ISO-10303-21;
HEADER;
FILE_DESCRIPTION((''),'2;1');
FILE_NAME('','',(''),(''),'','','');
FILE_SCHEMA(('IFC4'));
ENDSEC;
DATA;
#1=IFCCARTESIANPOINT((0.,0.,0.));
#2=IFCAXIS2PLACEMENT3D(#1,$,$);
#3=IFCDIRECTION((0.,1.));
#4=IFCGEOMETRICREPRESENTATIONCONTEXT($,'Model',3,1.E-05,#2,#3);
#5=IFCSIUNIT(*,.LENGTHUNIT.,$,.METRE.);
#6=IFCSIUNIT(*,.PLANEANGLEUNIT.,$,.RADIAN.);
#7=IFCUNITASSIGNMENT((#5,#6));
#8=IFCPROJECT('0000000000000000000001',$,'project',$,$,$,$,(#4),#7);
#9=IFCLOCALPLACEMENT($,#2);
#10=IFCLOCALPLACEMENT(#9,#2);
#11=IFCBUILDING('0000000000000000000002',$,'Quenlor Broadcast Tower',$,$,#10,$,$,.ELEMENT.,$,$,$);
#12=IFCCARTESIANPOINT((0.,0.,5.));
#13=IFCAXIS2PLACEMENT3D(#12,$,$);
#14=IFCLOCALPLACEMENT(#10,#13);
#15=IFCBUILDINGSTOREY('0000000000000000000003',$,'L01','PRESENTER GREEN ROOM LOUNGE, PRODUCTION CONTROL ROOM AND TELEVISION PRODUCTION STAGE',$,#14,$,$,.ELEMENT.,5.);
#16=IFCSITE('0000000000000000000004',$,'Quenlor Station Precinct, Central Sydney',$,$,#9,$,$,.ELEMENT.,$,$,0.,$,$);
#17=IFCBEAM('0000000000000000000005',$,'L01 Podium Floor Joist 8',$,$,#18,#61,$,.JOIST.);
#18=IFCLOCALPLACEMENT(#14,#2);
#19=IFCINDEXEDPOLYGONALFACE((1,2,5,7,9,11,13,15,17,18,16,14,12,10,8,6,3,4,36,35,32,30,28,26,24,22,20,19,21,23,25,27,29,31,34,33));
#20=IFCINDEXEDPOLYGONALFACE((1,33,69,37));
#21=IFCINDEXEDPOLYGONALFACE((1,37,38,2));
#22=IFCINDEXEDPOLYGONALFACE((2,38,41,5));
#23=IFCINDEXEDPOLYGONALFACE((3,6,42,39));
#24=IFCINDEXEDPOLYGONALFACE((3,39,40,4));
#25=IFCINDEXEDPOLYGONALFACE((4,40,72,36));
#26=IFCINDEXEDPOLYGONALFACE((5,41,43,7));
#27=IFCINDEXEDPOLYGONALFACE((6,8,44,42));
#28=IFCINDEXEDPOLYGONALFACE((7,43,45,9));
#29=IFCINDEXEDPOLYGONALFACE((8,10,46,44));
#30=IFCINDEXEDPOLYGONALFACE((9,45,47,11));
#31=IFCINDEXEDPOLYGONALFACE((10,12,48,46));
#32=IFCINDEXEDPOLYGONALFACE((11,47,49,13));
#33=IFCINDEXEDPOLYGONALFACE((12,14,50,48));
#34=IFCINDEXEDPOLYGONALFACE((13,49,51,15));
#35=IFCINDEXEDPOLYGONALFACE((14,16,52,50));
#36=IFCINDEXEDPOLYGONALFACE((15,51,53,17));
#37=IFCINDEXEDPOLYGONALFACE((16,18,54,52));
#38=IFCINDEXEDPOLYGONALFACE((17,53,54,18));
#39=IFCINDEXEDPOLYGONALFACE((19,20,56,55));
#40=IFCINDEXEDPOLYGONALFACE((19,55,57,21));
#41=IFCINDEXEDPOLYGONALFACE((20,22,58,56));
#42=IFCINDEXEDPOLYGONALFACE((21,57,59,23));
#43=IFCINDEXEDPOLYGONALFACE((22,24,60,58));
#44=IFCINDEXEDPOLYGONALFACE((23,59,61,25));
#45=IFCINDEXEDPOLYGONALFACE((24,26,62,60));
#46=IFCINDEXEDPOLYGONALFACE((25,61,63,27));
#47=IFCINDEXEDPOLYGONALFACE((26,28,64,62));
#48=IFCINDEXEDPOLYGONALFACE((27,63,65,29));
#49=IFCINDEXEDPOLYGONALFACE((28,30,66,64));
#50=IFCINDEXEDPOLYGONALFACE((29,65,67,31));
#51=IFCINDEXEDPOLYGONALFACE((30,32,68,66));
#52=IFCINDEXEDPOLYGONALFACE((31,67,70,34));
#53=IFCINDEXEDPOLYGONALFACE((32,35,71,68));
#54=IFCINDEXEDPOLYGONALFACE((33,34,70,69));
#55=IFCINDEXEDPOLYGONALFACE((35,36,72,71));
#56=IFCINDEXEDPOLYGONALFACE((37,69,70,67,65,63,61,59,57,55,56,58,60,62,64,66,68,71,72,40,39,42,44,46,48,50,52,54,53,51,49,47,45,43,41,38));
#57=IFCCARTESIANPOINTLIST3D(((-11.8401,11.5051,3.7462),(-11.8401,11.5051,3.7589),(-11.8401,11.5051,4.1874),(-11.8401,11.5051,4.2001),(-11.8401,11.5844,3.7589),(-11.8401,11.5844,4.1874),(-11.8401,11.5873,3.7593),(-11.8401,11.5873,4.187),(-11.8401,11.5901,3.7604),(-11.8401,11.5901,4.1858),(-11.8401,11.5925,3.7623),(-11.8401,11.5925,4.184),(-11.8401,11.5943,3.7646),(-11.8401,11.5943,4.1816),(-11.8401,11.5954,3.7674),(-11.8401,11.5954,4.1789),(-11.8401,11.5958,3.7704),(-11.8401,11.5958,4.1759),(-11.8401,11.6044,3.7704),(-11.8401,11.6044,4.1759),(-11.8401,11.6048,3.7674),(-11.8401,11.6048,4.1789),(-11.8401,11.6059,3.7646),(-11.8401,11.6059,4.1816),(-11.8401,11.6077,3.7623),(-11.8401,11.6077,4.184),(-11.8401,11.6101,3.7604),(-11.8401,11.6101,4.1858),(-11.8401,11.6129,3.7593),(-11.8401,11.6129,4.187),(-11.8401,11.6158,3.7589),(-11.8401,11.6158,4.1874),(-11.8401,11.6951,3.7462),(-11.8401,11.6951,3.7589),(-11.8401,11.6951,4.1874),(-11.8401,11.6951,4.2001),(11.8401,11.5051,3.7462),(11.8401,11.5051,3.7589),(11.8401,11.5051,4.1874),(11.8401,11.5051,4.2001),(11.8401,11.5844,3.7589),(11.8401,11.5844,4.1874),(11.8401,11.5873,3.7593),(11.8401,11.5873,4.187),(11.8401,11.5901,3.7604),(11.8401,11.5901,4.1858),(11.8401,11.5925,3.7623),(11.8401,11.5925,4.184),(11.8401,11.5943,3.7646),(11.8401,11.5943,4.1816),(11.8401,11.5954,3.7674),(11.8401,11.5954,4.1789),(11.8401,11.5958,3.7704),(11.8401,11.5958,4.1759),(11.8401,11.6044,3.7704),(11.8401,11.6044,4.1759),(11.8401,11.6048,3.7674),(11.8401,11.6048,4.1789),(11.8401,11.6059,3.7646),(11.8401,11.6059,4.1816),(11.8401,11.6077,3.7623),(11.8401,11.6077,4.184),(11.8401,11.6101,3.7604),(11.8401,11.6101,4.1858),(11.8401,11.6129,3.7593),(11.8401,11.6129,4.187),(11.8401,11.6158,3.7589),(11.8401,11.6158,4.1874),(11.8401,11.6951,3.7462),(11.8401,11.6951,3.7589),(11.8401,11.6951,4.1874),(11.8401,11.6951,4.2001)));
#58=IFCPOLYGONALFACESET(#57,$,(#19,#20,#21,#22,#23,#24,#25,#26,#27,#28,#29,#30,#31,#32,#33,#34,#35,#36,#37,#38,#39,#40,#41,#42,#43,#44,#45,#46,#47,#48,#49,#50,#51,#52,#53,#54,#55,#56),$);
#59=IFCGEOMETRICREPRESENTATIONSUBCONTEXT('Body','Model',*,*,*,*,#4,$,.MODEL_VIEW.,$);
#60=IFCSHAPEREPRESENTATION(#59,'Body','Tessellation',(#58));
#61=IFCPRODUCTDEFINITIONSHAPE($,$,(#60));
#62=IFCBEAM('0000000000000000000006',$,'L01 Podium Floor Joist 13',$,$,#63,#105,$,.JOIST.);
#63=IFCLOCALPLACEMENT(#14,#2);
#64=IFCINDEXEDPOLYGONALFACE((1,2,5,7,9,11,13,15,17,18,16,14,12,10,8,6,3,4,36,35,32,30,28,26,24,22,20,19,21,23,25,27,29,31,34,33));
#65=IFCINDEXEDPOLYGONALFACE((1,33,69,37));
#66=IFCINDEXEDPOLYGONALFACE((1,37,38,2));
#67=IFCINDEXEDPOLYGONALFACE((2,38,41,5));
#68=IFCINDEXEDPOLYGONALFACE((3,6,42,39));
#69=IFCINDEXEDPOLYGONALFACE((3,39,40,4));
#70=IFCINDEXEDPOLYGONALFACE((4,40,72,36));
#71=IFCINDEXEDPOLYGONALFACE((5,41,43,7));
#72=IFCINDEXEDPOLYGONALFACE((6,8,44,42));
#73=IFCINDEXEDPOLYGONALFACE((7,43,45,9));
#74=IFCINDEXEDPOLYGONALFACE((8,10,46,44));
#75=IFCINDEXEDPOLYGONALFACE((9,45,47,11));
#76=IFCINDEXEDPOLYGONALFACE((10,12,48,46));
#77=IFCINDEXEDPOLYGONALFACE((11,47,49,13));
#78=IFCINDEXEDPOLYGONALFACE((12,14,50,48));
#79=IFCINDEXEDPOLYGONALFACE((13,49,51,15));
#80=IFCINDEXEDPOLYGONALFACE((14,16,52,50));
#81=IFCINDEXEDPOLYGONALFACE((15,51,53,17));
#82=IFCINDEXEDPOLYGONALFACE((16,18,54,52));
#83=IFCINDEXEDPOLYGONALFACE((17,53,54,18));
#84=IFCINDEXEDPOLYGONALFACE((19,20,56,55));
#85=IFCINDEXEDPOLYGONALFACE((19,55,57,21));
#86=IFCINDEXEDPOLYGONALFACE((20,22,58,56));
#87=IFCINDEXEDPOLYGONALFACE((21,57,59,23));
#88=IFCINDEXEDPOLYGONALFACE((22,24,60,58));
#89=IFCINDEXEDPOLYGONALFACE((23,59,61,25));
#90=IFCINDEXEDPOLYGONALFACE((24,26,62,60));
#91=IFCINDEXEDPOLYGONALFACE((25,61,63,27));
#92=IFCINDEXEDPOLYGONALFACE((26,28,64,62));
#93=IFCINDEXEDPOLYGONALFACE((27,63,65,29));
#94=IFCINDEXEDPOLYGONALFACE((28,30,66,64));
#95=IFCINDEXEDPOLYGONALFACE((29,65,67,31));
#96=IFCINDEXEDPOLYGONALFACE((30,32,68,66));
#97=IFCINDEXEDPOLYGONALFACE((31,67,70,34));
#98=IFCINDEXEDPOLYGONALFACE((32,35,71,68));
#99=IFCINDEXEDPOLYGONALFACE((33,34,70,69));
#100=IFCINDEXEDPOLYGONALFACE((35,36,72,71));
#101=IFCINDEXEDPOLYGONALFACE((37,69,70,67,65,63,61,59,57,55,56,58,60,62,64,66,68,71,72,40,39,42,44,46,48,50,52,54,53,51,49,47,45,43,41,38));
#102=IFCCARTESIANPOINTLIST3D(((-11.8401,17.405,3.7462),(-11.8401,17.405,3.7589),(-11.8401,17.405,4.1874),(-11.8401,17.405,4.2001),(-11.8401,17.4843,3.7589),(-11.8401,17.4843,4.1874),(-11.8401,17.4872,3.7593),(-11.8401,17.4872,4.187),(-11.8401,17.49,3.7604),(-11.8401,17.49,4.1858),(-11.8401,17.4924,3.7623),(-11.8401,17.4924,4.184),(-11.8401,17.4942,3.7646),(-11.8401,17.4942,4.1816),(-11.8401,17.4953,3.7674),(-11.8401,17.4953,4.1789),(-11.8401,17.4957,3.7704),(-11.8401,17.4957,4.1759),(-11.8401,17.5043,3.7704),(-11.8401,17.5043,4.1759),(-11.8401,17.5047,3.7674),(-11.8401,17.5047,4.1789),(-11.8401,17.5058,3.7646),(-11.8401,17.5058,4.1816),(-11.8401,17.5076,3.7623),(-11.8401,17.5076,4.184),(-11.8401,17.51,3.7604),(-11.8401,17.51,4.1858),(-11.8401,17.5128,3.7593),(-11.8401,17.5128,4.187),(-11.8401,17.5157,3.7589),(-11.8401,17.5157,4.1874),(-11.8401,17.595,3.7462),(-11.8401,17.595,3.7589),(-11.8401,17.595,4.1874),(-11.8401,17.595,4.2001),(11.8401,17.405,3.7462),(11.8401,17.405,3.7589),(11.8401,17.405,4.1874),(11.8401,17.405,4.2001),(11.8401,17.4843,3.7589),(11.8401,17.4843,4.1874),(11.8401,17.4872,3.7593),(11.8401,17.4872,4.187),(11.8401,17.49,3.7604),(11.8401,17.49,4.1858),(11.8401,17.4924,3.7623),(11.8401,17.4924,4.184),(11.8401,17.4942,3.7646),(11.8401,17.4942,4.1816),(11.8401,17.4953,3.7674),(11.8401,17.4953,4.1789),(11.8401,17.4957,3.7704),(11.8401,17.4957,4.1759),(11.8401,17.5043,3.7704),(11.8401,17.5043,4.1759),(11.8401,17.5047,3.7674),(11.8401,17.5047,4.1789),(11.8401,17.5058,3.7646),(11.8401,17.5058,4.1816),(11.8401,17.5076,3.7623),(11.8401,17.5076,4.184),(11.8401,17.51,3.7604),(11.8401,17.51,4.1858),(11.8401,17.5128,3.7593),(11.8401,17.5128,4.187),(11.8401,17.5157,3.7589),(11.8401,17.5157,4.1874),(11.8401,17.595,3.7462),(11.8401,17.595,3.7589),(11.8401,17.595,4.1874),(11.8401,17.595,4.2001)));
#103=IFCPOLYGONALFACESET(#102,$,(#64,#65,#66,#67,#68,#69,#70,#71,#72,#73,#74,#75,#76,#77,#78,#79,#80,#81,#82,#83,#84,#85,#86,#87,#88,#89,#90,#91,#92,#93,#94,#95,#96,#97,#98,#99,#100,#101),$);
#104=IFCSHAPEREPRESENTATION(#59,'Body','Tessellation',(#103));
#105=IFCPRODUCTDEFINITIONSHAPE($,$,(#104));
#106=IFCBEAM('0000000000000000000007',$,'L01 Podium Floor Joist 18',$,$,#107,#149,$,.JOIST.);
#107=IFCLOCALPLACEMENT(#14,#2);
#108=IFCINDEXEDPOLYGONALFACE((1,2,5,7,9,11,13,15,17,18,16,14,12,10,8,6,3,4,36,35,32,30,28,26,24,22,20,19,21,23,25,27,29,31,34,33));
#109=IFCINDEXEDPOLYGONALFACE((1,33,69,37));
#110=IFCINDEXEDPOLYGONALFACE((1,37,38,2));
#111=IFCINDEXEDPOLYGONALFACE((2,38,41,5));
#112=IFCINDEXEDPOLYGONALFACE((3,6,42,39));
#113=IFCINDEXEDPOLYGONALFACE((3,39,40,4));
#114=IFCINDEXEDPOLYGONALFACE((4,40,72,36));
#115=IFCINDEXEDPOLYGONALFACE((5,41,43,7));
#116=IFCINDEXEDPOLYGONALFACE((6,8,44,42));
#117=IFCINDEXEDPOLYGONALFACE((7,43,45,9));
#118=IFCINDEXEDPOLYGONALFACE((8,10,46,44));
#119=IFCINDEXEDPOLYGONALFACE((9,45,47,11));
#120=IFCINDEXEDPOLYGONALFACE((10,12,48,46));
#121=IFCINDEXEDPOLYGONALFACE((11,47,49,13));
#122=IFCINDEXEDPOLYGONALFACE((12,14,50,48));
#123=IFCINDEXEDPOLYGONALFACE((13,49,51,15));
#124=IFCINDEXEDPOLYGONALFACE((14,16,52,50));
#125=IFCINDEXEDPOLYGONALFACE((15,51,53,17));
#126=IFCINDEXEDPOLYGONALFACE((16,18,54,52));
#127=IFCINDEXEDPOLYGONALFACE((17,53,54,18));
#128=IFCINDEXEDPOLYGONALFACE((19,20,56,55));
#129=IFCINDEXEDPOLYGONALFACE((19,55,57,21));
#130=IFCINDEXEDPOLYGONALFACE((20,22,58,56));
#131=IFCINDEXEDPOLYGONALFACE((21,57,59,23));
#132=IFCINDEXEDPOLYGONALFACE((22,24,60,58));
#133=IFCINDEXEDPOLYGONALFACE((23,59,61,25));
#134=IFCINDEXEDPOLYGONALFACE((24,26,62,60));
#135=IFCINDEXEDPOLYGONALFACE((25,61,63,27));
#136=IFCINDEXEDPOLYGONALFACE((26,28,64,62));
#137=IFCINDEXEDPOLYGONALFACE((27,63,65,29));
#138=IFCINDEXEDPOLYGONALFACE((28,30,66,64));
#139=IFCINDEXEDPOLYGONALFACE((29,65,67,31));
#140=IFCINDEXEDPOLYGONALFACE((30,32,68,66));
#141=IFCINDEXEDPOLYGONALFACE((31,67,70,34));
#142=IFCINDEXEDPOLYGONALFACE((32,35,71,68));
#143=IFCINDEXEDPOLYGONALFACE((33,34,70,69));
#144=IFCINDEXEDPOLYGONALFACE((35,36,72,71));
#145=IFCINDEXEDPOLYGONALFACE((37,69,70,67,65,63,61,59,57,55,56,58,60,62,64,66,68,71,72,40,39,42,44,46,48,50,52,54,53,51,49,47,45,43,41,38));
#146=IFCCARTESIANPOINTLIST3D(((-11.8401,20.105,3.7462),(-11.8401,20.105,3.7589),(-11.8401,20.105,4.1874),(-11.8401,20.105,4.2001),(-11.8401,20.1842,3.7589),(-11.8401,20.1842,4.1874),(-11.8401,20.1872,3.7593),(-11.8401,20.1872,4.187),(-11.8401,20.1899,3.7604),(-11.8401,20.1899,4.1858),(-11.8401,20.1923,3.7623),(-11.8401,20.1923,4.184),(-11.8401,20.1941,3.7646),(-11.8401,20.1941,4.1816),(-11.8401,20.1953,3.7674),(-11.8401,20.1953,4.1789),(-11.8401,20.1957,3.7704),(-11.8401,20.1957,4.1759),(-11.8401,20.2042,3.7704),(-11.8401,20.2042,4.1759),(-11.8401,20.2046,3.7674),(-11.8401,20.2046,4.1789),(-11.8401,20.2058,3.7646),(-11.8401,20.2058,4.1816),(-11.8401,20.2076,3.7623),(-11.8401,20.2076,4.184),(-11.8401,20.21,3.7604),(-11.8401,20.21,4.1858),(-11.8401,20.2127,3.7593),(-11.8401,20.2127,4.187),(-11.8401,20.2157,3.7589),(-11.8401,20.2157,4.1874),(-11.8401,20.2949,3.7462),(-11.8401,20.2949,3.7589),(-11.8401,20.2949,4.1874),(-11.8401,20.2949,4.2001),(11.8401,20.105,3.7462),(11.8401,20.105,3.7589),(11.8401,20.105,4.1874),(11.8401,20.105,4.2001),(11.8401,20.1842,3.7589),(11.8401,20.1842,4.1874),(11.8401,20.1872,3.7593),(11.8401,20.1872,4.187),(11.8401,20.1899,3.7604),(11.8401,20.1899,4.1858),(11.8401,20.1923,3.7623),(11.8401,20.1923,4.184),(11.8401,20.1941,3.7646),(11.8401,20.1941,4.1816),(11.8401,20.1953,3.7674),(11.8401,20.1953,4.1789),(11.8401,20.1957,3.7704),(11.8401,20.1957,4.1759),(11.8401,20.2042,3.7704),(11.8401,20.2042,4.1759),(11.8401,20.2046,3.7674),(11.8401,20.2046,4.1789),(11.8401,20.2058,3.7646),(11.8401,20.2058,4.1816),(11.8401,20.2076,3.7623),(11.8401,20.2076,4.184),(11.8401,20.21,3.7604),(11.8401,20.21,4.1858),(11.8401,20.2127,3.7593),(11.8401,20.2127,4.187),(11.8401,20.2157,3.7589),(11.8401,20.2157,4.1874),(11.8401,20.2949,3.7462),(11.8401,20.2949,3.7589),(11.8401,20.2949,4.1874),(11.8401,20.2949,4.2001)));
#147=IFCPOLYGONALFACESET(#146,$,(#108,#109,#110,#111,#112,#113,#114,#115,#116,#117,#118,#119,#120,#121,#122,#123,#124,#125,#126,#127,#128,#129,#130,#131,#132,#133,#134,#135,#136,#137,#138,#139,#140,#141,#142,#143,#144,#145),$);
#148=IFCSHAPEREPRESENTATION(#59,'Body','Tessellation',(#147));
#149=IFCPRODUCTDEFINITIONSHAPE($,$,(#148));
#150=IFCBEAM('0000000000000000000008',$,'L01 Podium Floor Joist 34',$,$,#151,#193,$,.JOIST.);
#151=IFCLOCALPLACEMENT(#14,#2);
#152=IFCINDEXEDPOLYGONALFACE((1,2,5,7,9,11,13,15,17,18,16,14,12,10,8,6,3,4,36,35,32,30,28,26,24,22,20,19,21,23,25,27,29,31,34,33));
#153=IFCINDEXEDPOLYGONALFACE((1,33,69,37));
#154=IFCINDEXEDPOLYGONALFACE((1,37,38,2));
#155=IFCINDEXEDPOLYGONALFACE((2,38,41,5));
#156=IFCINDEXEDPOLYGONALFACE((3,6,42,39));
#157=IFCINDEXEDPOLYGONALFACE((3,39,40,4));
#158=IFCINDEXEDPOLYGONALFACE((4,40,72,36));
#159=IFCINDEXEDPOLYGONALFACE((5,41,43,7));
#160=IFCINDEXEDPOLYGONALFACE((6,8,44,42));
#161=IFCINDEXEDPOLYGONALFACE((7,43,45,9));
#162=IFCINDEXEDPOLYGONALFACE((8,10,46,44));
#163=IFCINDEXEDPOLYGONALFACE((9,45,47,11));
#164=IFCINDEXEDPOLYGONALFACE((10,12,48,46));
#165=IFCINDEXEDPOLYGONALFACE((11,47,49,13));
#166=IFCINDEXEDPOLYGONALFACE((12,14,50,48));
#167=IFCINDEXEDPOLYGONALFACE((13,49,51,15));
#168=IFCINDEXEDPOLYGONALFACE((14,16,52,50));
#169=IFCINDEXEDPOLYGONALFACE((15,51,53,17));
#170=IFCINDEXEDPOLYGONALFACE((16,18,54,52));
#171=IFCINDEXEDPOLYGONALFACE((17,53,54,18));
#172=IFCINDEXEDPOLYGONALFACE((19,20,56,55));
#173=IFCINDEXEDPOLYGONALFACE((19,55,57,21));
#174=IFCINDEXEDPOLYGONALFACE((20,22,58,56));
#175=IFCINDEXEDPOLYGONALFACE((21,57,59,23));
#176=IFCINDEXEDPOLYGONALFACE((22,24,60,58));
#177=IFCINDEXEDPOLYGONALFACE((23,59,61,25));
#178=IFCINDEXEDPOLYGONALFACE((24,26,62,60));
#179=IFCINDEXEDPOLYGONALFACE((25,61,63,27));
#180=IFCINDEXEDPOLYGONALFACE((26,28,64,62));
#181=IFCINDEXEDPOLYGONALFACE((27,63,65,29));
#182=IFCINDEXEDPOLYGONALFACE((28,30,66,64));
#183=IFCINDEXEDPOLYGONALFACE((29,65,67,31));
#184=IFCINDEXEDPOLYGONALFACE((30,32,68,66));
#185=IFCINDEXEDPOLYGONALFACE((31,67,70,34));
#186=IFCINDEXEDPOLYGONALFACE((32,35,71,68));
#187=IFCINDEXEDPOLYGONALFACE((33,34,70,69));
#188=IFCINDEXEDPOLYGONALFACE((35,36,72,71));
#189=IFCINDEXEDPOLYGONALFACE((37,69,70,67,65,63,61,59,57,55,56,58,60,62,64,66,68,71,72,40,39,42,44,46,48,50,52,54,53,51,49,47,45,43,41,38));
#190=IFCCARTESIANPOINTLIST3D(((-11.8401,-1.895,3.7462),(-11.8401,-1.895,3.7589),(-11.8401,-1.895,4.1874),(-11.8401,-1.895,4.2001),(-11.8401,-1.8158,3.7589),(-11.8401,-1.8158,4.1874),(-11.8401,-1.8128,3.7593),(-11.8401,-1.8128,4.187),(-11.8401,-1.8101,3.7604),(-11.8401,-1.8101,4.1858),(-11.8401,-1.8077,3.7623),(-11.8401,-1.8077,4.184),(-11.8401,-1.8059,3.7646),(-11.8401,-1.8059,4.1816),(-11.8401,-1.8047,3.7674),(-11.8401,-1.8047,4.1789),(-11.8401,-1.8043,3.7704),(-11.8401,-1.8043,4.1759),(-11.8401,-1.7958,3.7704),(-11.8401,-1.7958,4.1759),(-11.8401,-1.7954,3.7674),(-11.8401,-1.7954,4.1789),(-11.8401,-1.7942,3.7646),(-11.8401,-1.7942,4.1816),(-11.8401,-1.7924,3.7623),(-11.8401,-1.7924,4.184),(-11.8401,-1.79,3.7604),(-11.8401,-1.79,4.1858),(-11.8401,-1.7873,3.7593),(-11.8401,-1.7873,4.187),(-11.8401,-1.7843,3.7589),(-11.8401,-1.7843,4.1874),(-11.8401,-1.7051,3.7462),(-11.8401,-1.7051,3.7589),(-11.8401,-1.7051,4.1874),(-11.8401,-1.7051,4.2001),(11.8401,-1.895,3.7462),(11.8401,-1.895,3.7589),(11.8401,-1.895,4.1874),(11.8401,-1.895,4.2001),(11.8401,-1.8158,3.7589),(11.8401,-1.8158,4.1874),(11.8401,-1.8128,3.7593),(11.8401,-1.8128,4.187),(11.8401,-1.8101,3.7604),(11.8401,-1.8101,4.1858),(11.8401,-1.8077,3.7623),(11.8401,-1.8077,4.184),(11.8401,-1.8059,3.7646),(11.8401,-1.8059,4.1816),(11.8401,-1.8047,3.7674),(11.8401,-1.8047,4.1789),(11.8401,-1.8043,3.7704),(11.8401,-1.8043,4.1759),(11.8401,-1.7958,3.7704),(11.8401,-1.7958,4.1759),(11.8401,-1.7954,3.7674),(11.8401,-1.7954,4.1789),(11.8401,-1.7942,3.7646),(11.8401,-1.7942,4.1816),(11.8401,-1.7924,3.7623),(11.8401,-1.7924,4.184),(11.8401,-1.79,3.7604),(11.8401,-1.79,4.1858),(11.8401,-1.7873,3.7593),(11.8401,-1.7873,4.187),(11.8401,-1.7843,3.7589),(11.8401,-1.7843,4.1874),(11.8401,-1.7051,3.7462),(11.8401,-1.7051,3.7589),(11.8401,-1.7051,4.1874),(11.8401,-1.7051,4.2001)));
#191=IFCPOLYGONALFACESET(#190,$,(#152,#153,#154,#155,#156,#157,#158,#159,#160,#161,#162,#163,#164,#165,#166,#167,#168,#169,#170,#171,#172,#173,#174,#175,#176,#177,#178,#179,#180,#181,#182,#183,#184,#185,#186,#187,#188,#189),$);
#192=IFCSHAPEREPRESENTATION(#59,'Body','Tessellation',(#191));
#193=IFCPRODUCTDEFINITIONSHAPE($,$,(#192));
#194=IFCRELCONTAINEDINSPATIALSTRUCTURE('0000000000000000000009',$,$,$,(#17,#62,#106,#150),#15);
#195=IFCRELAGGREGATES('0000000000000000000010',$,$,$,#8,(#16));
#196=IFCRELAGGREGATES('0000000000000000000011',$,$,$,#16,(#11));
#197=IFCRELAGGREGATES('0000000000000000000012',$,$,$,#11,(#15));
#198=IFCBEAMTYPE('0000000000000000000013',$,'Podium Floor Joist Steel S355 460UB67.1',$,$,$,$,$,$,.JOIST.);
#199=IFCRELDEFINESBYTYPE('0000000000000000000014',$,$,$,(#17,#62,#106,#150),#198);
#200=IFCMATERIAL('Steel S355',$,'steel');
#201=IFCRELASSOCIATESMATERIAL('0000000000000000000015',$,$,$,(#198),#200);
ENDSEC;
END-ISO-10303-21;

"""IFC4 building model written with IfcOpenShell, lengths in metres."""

from ifc_helpers import new_model, si_unit, direction, frame, origin, origin_2d, place, context, subcontext, project, spatial, i_section, extrude, material, material_profile, profile_set, type_object, element, save


model = new_model("IFC4")

# Units and contexts
model_context = context("Model", 3, precision=1e-05, world=origin(), true_north=direction((0.0, 1.0)))
body_context = subcontext(model_context, "Body", "Model", "MODEL_VIEW")
ifc_project = project(units=[si_unit("LENGTHUNIT", "METRE"), si_unit("PLANEANGLEUNIT", "RADIAN")], contexts=[model_context])

# Site, building, storey
site_placement = place(None, origin())
site = spatial("IfcSite", under=ifc_project, at=site_placement, Name="Quenlor Station Precinct, Central Sydney", CompositionType="ELEMENT", RefElevation=0.0)
building_placement = place(site_placement, origin())
building = spatial("IfcBuilding", under=site, at=building_placement, Name="Quenlor Broadcast Tower", CompositionType="ELEMENT")
storey_placement = place(building_placement, frame((0.0, 0.0, 5.0)))
storey = spatial("IfcBuildingStorey", under=building, at=storey_placement, Name="L01", Description="PRESENTER GREEN ROOM LOUNGE, PRODUCTION CONTROL ROOM AND TELEVISION PRODUCTION STAGE", CompositionType="ELEMENT", Elevation=5.0)

# Beams
ifc_material_1 = material(Name="Steel S355", Category="steel")
ifc_material_profile_1 = material_profile(ifc_material_1, i_section(OverallWidth=0.1899, OverallDepth=0.4539, WebThickness=0.0085, FlangeThickness=0.0127, FilletRadius=0.0115, at=origin_2d()))
ifc_profile_set_1 = profile_set([ifc_material_profile_1], Name="Steel S355 460UB67.1")
beam_type_1 = type_object("IfcBeamType", Name="Podium Floor Joist Steel S355 460UB67.1", PredefinedType="JOIST", material=ifc_profile_set_1)
for number, where, z_axis, x_axis, name in (
    (1, (-11.8401, 11.6001, 3.9731), (1.0, 0.0, 0.0), (0.0, 1.0, 0.0), "L01 Podium Floor Joist 8"),
    (2, (-11.8401, 17.5, 3.9731), (1.0, 0.0, 0.0), (0.0, 1.0, 0.0), "L01 Podium Floor Joist 13"),
    (3, (-11.8401, 20.2, 3.9731), (1.0, 0.0, 0.0), (0.0, 1.0, 0.0), "L01 Podium Floor Joist 18"),
    (4, (-11.8401, -1.8, 3.9731), (1.0, 0.0, 0.0), (0.0, 1.0, 0.0), "L01 Podium Floor Joist 34"),
):
    element("IfcBeam", number, at=place(storey_placement, frame(where, z_axis=z_axis, x_axis=x_axis)), inside=storey, type_object=beam_type_1, Name=name, PredefinedType="JOIST", context=body_context, shape_type="SweptSolid", body=[
        extrude(i_section(OverallWidth=0.1899, OverallDepth=0.4539, WebThickness=0.0085, FlangeThickness=0.0127, FilletRadius=0.0115, at=origin_2d()), origin(), (0.0, 0.0, 1.0), 23.6802),
    ])

save(model, "model.ifc")
